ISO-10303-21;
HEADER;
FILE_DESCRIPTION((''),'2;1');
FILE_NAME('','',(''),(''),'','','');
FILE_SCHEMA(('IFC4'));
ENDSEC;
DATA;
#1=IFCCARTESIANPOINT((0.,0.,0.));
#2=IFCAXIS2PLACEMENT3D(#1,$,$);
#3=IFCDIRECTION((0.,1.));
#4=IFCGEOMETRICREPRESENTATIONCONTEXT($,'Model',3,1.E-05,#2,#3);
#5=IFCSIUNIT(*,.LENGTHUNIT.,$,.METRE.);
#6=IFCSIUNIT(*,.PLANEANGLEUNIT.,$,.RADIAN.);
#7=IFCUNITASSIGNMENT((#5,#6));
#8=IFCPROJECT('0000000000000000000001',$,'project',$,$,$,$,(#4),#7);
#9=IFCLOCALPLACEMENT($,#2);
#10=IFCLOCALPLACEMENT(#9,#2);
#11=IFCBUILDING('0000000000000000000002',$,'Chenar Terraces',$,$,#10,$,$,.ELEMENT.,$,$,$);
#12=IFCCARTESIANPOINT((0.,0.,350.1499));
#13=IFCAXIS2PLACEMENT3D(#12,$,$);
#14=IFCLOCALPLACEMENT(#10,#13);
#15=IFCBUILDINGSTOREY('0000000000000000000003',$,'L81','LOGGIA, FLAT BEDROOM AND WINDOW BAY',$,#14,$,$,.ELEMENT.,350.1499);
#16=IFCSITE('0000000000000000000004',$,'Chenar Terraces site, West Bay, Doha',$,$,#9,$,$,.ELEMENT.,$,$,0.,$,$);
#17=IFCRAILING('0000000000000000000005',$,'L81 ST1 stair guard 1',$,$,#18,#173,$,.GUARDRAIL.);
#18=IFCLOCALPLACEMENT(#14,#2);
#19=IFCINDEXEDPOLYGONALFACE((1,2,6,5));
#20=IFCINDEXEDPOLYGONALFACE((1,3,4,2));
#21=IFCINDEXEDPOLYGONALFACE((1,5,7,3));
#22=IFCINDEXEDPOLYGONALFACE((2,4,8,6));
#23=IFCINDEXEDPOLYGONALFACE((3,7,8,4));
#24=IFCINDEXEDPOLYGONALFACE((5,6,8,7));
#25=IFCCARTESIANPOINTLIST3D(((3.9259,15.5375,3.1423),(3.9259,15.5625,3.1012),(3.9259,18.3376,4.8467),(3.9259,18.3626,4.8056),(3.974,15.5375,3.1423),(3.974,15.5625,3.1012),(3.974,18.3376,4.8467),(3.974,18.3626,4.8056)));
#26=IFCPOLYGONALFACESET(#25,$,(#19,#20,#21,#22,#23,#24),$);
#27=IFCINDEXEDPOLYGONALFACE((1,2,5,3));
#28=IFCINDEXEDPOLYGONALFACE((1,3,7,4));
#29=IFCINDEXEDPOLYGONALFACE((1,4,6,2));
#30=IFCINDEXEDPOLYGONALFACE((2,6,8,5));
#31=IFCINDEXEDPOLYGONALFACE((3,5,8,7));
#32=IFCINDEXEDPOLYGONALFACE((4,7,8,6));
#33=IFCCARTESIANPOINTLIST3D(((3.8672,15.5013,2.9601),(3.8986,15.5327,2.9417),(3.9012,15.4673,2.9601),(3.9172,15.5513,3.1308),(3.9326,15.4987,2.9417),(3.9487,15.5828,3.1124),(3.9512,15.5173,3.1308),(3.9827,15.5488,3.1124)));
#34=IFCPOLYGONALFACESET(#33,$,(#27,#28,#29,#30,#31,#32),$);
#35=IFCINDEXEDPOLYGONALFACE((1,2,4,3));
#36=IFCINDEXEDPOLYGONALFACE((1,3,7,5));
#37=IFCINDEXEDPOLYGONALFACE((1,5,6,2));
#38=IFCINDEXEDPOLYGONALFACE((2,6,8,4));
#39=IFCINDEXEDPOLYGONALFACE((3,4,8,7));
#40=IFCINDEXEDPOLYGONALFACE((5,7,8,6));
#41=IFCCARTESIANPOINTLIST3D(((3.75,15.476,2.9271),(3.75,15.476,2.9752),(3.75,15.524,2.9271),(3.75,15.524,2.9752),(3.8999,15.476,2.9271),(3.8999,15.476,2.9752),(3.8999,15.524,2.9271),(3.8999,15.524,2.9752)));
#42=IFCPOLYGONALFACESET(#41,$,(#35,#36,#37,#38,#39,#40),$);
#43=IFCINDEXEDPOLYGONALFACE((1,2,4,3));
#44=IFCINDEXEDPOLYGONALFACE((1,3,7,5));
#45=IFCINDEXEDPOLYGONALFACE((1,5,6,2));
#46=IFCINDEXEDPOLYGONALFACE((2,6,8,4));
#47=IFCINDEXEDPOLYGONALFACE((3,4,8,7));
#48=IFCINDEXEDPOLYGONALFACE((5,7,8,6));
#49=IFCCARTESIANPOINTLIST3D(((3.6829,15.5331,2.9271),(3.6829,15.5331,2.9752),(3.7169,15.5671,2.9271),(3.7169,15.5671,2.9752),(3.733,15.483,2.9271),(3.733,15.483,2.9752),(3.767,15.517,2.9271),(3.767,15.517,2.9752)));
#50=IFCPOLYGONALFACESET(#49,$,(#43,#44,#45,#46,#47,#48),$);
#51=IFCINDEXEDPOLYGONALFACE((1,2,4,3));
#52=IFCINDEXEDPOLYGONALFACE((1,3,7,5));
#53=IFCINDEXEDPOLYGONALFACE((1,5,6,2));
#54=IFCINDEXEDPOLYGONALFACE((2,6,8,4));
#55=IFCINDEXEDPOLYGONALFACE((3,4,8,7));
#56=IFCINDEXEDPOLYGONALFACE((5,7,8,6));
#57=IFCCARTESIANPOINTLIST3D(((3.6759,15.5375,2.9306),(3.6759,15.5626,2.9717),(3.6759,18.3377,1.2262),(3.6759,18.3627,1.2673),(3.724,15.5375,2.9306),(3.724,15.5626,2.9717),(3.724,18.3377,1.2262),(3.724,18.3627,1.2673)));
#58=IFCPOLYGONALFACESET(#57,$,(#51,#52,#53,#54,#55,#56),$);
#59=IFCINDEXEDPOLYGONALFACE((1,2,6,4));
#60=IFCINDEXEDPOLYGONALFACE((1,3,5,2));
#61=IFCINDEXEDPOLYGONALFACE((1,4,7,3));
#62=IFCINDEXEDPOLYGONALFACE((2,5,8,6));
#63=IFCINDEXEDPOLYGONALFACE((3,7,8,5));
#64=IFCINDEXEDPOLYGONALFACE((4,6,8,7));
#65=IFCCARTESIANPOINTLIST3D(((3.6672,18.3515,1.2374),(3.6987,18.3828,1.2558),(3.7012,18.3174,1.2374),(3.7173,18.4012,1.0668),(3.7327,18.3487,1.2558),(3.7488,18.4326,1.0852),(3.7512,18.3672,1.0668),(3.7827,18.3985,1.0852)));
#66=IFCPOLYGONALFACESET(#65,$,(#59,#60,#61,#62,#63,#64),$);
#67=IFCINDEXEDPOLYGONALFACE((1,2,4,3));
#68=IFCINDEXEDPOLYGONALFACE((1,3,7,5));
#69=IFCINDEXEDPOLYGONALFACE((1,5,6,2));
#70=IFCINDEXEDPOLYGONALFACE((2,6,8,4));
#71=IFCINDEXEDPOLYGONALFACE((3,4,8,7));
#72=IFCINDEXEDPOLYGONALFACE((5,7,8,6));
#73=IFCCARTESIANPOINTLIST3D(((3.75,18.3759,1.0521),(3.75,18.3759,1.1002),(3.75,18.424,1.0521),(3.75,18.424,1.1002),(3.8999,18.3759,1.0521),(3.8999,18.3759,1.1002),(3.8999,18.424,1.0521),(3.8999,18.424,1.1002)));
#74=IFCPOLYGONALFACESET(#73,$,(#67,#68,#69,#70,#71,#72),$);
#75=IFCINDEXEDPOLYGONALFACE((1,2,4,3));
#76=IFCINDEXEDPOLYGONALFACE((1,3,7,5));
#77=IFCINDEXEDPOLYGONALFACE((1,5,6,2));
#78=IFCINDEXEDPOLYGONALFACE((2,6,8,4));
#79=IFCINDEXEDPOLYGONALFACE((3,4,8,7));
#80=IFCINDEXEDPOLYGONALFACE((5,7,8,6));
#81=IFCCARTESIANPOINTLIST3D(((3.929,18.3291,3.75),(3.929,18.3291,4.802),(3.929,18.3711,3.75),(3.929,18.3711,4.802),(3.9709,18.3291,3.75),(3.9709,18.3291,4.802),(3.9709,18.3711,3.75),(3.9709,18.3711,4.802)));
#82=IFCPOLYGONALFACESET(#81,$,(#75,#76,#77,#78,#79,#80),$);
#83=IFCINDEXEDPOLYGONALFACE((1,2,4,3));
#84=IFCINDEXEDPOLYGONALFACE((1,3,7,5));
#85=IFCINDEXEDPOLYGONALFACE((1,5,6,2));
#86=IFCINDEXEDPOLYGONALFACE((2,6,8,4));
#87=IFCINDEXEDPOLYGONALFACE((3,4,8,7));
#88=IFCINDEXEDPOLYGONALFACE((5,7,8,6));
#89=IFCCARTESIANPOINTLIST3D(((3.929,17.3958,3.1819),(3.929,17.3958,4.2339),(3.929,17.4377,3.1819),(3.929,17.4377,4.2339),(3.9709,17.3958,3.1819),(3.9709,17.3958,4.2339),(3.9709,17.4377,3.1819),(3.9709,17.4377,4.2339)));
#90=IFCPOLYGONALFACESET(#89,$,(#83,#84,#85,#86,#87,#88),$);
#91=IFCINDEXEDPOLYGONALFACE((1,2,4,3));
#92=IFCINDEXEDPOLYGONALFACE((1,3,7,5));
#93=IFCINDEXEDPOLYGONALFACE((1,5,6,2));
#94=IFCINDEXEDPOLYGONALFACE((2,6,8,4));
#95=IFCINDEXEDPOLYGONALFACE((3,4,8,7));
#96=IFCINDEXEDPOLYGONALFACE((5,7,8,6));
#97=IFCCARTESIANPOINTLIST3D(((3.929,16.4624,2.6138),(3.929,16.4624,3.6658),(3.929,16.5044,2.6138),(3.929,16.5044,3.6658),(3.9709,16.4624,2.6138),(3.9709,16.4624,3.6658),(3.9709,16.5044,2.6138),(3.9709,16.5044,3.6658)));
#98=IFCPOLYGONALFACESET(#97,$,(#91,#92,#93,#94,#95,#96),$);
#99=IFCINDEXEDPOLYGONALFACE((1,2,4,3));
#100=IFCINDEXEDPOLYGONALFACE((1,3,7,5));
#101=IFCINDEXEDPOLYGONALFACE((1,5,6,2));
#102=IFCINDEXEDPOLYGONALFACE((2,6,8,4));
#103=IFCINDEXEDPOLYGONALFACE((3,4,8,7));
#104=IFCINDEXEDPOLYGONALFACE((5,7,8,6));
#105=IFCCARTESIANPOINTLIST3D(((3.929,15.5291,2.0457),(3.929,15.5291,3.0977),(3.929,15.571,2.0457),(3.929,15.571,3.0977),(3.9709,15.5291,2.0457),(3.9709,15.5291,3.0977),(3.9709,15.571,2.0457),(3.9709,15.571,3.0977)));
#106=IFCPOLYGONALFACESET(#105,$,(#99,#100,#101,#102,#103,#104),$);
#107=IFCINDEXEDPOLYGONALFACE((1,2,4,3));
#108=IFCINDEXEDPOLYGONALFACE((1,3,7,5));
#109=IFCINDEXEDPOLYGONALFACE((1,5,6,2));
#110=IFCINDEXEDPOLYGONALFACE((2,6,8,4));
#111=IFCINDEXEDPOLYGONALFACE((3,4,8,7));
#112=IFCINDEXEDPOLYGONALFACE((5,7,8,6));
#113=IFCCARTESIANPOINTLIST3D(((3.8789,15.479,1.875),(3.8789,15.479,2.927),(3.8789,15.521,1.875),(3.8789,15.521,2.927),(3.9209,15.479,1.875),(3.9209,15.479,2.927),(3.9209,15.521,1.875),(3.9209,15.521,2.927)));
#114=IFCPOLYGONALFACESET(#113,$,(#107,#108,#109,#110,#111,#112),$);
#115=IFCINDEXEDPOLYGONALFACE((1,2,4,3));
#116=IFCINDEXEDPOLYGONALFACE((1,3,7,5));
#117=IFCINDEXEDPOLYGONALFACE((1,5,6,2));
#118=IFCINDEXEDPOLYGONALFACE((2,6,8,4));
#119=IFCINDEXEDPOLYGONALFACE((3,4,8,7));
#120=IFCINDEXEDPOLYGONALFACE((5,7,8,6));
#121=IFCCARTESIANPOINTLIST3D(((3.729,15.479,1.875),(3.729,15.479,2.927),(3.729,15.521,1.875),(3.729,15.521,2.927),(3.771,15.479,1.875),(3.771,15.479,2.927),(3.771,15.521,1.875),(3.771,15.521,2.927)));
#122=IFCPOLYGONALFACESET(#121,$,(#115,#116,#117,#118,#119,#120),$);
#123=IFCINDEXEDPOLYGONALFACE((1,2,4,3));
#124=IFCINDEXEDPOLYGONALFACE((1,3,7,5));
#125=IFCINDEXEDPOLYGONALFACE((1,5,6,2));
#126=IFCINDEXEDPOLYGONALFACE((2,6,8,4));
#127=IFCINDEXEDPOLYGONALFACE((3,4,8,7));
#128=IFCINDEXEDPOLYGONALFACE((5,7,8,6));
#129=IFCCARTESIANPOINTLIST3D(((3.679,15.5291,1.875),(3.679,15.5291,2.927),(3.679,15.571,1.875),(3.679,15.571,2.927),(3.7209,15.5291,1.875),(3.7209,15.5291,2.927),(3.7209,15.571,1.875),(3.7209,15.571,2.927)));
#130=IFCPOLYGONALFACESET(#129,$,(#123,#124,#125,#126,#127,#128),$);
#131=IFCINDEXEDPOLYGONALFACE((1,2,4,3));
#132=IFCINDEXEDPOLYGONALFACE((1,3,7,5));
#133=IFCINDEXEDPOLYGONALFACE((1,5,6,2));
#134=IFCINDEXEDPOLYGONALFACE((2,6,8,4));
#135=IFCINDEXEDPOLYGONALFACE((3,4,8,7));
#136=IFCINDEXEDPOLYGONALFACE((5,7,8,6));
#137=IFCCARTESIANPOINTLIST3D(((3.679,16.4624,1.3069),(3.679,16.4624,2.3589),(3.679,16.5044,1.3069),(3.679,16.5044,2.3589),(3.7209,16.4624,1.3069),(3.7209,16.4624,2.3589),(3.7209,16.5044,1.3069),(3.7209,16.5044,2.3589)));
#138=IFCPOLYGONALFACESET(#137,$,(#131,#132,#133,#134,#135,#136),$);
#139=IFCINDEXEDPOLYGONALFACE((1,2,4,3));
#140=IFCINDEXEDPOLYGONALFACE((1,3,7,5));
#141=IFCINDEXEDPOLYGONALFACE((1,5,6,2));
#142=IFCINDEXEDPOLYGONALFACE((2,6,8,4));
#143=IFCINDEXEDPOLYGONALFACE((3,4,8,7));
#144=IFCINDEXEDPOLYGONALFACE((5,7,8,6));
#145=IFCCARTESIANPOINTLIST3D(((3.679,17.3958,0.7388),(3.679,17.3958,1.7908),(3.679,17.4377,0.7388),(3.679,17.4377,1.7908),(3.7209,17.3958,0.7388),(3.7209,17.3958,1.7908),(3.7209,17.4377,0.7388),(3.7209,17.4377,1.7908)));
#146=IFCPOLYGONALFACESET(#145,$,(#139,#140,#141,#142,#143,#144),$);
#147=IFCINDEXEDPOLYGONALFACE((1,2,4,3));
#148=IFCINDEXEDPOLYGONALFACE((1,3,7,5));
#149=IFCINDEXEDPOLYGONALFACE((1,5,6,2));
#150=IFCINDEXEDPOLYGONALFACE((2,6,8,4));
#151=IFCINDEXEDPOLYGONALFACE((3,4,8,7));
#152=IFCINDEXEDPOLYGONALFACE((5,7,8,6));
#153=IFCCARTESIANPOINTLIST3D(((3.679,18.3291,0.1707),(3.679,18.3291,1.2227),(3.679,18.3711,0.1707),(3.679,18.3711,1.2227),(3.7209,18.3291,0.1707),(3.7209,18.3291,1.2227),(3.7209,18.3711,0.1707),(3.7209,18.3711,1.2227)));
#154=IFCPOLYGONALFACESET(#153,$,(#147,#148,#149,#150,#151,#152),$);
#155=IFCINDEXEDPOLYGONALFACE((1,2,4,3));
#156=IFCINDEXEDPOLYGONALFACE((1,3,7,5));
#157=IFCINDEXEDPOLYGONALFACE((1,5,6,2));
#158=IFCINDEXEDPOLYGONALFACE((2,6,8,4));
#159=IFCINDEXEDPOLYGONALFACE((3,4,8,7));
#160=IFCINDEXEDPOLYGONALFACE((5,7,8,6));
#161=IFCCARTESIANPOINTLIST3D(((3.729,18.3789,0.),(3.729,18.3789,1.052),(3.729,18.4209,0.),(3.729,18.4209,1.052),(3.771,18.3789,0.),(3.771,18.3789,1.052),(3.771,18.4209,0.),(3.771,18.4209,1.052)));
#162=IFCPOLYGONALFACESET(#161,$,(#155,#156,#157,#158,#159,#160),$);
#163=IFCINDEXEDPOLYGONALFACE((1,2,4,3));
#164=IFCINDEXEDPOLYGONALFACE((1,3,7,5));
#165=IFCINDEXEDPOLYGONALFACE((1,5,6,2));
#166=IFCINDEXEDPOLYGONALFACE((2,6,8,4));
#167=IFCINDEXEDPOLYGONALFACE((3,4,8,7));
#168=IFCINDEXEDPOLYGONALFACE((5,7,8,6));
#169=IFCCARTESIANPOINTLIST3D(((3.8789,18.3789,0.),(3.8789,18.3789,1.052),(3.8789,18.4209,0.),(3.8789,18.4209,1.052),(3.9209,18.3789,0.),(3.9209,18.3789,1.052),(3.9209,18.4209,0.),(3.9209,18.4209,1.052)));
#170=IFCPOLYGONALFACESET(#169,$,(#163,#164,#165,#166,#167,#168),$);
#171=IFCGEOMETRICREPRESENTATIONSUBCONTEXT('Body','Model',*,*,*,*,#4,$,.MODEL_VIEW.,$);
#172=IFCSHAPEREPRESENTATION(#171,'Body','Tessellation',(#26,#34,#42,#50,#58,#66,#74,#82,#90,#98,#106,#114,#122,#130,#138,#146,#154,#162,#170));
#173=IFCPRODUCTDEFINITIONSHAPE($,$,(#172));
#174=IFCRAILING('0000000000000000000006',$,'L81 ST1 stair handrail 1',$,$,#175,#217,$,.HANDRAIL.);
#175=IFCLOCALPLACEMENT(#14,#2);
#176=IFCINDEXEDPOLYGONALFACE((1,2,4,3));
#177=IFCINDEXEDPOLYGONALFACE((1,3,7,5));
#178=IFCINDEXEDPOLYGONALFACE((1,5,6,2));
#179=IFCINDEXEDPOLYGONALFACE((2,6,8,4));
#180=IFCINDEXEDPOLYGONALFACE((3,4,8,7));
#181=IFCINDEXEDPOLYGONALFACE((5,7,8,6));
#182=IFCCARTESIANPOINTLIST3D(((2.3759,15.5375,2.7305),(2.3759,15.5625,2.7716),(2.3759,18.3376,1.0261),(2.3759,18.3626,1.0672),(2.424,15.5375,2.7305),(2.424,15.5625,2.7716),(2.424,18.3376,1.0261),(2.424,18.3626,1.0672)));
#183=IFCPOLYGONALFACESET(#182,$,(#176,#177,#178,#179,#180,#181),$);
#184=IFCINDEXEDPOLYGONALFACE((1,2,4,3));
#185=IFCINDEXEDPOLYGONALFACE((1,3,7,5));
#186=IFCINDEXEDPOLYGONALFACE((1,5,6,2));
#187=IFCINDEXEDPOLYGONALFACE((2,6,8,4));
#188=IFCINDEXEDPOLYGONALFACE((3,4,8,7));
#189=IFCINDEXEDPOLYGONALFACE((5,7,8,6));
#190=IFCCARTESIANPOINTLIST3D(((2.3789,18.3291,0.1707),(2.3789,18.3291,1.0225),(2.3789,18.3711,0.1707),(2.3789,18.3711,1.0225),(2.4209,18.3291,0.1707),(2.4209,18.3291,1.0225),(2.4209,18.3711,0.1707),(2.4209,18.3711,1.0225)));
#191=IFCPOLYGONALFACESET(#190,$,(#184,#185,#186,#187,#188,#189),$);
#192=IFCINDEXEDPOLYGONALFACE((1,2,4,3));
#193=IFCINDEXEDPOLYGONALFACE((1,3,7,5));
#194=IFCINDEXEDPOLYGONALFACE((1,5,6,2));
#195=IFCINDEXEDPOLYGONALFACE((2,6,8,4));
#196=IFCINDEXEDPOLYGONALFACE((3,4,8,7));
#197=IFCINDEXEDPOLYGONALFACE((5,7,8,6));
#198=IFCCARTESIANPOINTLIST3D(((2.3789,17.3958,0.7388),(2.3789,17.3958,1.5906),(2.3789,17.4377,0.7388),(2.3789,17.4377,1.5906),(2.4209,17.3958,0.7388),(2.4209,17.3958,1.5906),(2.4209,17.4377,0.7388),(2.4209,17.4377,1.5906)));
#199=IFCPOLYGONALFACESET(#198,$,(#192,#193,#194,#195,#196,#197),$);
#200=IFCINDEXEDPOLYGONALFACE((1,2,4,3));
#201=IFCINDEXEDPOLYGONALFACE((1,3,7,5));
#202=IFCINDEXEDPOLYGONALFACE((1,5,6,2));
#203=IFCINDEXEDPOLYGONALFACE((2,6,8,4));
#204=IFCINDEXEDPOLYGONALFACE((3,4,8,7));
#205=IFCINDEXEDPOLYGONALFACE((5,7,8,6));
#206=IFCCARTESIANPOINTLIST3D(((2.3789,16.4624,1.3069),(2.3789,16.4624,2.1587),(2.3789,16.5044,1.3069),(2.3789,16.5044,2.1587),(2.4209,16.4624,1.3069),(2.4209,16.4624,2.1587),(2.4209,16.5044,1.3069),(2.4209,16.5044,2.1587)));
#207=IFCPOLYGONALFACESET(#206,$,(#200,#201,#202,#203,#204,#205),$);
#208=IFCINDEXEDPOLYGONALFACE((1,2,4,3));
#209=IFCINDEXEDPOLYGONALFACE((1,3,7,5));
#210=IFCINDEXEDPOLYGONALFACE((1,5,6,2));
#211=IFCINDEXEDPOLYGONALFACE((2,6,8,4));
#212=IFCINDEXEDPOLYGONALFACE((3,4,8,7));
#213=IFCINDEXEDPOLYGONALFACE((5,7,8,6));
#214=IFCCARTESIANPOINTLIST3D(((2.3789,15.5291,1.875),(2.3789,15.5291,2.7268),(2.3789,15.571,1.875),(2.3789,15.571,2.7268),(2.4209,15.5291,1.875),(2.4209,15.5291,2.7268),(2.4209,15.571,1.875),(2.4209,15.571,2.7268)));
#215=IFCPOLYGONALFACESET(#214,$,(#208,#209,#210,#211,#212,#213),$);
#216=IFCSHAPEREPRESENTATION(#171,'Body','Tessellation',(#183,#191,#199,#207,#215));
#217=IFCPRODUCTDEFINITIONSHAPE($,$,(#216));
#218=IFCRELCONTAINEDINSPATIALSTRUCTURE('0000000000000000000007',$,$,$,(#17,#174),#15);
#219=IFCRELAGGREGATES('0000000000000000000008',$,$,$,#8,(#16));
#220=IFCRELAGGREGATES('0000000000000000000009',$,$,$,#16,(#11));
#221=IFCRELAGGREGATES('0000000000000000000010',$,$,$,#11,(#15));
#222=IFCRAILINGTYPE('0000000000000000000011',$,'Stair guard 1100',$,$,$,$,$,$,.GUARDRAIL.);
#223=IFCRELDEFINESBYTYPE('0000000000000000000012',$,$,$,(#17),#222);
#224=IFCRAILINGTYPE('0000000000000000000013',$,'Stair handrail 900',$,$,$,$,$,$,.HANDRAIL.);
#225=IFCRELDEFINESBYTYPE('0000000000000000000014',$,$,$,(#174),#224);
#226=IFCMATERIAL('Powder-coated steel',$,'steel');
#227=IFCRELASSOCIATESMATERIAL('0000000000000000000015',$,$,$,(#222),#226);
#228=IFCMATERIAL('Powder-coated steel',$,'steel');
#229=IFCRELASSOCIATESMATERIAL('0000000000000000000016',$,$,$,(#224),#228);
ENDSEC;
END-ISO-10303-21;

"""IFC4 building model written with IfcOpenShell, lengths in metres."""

from ifc_helpers import new_model, si_unit, direction, frame, origin, origin_2d, place, context, subcontext, project, spatial, rectangle, extrude, material, type_object, element, save


model = new_model("IFC4")

# Units and contexts
model_context = context("Model", 3, precision=1e-05, world=origin(), true_north=direction((0.0, 1.0)))
body_context = subcontext(model_context, "Body", "Model", "MODEL_VIEW")
ifc_project = project(units=[si_unit("LENGTHUNIT", "METRE"), si_unit("PLANEANGLEUNIT", "RADIAN")], contexts=[model_context])

# Site, building, storey
site_placement = place(None, origin())
site = spatial("IfcSite", under=ifc_project, at=site_placement, Name="Chenar Terraces site, West Bay, Doha", CompositionType="ELEMENT", RefElevation=0.0)
building_placement = place(site_placement, origin())
building = spatial("IfcBuilding", under=site, at=building_placement, Name="Chenar Terraces", CompositionType="ELEMENT")
storey_placement = place(building_placement, frame((0.0, 0.0, 350.1499)))
storey = spatial("IfcBuildingStorey", under=building, at=storey_placement, Name="L81", Description="LOGGIA, FLAT BEDROOM AND WINDOW BAY", CompositionType="ELEMENT", Elevation=350.1499)

# Railings
ifc_material_1 = material(Name="Powder-coated steel", Category="steel")
railing_type_1 = type_object("IfcRailingType", Name="Stair guard 1100", PredefinedType="GUARDRAIL", material=ifc_material_1)
railing_1_placement = place(storey_placement, frame((3.95, 18.3501, 3.75)))
element("IfcRailing", 1, at=railing_1_placement, inside=storey, type_object=railing_type_1, Name="L81 ST1 stair guard 1", PredefinedType="GUARDRAIL", context=body_context, shape_type="SweptSolid", body=[
    extrude(rectangle(XDim=0.0481, YDim=0.0481, at=origin_2d()), frame((0.0, 0.0, 1.0762), z_axis=(0.0, -0.854203, -0.51994), x_axis=(1.0, 0.0, 0.0)), (0.0, 0.0, 1.0), 3.2781),
    extrude(rectangle(XDim=0.0481, YDim=0.0481, at=origin_2d()), frame((0.0, -2.8, -0.6284), z_axis=(-0.2709, -0.2709, -0.923703), x_axis=(0.707107, -0.707107, 0.0)), (0.0, 0.0, 1.0), 0.1848),
    extrude(rectangle(XDim=0.0481, YDim=0.0481, at=origin_2d()), frame((-0.05, -2.8501, -0.7988), z_axis=(-1.0, 0.0, 0.0), x_axis=(0.0, -1.0, 0.0)), (0.0, 0.0, 1.0), 0.1499),
    extrude(rectangle(XDim=0.0481, YDim=0.0481, at=origin_2d()), frame((-0.2, -2.8501, -0.7988), z_axis=(-0.707107, 0.707107, 0.0), x_axis=(-0.707107, -0.707107, 0.0)), (0.0, 0.0, 1.0), 0.0708),
    extrude(rectangle(XDim=0.0481, YDim=0.0481, at=origin_2d()), frame((-0.25, -2.8, -0.7988), z_axis=(0.0, 0.854203, -0.51994), x_axis=(-1.0, 0.0, 0.0)), (0.0, 0.0, 1.0), 3.2781),
    extrude(rectangle(XDim=0.0481, YDim=0.0481, at=origin_2d()), frame((-0.25, 0.0, -2.5034), z_axis=(0.270997, 0.269675, -0.924033), x_axis=(-0.705376, 0.708834, 0.0)), (0.0, 0.0, 1.0), 0.1846),
    extrude(rectangle(XDim=0.0481, YDim=0.0481, at=origin_2d()), frame((-0.2, 0.0498, -2.6738), z_axis=(1.0, 0.0, 0.0), x_axis=(0.0, 1.0, 0.0)), (0.0, 0.0, 1.0), 0.1499),
    extrude(rectangle(XDim=0.042, YDim=0.042, at=origin_2d()), origin(), (0.0, 0.0, 1.0), 1.052),
    extrude(rectangle(XDim=0.042, YDim=0.042, at=origin_2d()), frame((0.0, -0.9333, -0.5681)), (0.0, 0.0, 1.0), 1.052),
    extrude(rectangle(XDim=0.042, YDim=0.042, at=origin_2d()), frame((0.0, -1.8667, -1.1362)), (0.0, 0.0, 1.0), 1.052),
    extrude(rectangle(XDim=0.042, YDim=0.042, at=origin_2d()), frame((0.0, -2.8, -1.7043)), (0.0, 0.0, 1.0), 1.052),
    extrude(rectangle(XDim=0.042, YDim=0.042, at=origin_2d()), frame((-0.05, -2.8501, -1.875)), (0.0, 0.0, 1.0), 1.052),
    extrude(rectangle(XDim=0.042, YDim=0.042, at=origin_2d()), frame((-0.2, -2.8501, -1.875)), (0.0, 0.0, 1.0), 1.052),
    extrude(rectangle(XDim=0.042, YDim=0.042, at=origin_2d()), frame((-0.25, -2.8, -1.875)), (0.0, 0.0, 1.0), 1.052),
    extrude(rectangle(XDim=0.042, YDim=0.042, at=origin_2d()), frame((-0.25, -1.8667, -2.4431)), (0.0, 0.0, 1.0), 1.052),
    extrude(rectangle(XDim=0.042, YDim=0.042, at=origin_2d()), frame((-0.25, -0.9333, -3.0112)), (0.0, 0.0, 1.0), 1.052),
    extrude(rectangle(XDim=0.042, YDim=0.042, at=origin_2d()), frame((-0.25, 0.0, -3.5793)), (0.0, 0.0, 1.0), 1.052),
    extrude(rectangle(XDim=0.042, YDim=0.042, at=origin_2d()), frame((-0.2, 0.0498, -3.75)), (0.0, 0.0, 1.0), 1.052),
    extrude(rectangle(XDim=0.042, YDim=0.042, at=origin_2d()), frame((-0.05, 0.0498, -3.75)), (0.0, 0.0, 1.0), 1.052),
])
ifc_material_2 = material(Name="Powder-coated steel", Category="steel")
railing_type_2 = type_object("IfcRailingType", Name="Stair handrail 900", PredefinedType="HANDRAIL", material=ifc_material_2)
railing_2_placement = place(storey_placement, frame((2.3999, 18.3501, 0.1707)))
element("IfcRailing", 2, at=railing_2_placement, inside=storey, type_object=railing_type_2, Name="L81 ST1 stair handrail 1", PredefinedType="HANDRAIL", context=body_context, shape_type="SweptSolid", body=[
    extrude(rectangle(XDim=0.0481, YDim=0.0481, at=origin_2d()), frame((0.0, 0.0, 0.876), z_axis=(0.0, -0.854203, 0.51994), x_axis=(1.0, 0.0, 0.0)), (0.0, 0.0, 1.0), 3.2781),
    extrude(rectangle(XDim=0.042, YDim=0.042, at=origin_2d()), origin(), (0.0, 0.0, 1.0), 0.8518),
    extrude(rectangle(XDim=0.042, YDim=0.042, at=origin_2d()), frame((0.0, -0.9333, 0.5681)), (0.0, 0.0, 1.0), 0.8518),
    extrude(rectangle(XDim=0.042, YDim=0.042, at=origin_2d()), frame((0.0, -1.8667, 1.1362)), (0.0, 0.0, 1.0), 0.8518),
    extrude(rectangle(XDim=0.042, YDim=0.042, at=origin_2d()), frame((0.0, -2.8, 1.7043)), (0.0, 0.0, 1.0), 0.8518),
])

save(model, "model.ifc")
